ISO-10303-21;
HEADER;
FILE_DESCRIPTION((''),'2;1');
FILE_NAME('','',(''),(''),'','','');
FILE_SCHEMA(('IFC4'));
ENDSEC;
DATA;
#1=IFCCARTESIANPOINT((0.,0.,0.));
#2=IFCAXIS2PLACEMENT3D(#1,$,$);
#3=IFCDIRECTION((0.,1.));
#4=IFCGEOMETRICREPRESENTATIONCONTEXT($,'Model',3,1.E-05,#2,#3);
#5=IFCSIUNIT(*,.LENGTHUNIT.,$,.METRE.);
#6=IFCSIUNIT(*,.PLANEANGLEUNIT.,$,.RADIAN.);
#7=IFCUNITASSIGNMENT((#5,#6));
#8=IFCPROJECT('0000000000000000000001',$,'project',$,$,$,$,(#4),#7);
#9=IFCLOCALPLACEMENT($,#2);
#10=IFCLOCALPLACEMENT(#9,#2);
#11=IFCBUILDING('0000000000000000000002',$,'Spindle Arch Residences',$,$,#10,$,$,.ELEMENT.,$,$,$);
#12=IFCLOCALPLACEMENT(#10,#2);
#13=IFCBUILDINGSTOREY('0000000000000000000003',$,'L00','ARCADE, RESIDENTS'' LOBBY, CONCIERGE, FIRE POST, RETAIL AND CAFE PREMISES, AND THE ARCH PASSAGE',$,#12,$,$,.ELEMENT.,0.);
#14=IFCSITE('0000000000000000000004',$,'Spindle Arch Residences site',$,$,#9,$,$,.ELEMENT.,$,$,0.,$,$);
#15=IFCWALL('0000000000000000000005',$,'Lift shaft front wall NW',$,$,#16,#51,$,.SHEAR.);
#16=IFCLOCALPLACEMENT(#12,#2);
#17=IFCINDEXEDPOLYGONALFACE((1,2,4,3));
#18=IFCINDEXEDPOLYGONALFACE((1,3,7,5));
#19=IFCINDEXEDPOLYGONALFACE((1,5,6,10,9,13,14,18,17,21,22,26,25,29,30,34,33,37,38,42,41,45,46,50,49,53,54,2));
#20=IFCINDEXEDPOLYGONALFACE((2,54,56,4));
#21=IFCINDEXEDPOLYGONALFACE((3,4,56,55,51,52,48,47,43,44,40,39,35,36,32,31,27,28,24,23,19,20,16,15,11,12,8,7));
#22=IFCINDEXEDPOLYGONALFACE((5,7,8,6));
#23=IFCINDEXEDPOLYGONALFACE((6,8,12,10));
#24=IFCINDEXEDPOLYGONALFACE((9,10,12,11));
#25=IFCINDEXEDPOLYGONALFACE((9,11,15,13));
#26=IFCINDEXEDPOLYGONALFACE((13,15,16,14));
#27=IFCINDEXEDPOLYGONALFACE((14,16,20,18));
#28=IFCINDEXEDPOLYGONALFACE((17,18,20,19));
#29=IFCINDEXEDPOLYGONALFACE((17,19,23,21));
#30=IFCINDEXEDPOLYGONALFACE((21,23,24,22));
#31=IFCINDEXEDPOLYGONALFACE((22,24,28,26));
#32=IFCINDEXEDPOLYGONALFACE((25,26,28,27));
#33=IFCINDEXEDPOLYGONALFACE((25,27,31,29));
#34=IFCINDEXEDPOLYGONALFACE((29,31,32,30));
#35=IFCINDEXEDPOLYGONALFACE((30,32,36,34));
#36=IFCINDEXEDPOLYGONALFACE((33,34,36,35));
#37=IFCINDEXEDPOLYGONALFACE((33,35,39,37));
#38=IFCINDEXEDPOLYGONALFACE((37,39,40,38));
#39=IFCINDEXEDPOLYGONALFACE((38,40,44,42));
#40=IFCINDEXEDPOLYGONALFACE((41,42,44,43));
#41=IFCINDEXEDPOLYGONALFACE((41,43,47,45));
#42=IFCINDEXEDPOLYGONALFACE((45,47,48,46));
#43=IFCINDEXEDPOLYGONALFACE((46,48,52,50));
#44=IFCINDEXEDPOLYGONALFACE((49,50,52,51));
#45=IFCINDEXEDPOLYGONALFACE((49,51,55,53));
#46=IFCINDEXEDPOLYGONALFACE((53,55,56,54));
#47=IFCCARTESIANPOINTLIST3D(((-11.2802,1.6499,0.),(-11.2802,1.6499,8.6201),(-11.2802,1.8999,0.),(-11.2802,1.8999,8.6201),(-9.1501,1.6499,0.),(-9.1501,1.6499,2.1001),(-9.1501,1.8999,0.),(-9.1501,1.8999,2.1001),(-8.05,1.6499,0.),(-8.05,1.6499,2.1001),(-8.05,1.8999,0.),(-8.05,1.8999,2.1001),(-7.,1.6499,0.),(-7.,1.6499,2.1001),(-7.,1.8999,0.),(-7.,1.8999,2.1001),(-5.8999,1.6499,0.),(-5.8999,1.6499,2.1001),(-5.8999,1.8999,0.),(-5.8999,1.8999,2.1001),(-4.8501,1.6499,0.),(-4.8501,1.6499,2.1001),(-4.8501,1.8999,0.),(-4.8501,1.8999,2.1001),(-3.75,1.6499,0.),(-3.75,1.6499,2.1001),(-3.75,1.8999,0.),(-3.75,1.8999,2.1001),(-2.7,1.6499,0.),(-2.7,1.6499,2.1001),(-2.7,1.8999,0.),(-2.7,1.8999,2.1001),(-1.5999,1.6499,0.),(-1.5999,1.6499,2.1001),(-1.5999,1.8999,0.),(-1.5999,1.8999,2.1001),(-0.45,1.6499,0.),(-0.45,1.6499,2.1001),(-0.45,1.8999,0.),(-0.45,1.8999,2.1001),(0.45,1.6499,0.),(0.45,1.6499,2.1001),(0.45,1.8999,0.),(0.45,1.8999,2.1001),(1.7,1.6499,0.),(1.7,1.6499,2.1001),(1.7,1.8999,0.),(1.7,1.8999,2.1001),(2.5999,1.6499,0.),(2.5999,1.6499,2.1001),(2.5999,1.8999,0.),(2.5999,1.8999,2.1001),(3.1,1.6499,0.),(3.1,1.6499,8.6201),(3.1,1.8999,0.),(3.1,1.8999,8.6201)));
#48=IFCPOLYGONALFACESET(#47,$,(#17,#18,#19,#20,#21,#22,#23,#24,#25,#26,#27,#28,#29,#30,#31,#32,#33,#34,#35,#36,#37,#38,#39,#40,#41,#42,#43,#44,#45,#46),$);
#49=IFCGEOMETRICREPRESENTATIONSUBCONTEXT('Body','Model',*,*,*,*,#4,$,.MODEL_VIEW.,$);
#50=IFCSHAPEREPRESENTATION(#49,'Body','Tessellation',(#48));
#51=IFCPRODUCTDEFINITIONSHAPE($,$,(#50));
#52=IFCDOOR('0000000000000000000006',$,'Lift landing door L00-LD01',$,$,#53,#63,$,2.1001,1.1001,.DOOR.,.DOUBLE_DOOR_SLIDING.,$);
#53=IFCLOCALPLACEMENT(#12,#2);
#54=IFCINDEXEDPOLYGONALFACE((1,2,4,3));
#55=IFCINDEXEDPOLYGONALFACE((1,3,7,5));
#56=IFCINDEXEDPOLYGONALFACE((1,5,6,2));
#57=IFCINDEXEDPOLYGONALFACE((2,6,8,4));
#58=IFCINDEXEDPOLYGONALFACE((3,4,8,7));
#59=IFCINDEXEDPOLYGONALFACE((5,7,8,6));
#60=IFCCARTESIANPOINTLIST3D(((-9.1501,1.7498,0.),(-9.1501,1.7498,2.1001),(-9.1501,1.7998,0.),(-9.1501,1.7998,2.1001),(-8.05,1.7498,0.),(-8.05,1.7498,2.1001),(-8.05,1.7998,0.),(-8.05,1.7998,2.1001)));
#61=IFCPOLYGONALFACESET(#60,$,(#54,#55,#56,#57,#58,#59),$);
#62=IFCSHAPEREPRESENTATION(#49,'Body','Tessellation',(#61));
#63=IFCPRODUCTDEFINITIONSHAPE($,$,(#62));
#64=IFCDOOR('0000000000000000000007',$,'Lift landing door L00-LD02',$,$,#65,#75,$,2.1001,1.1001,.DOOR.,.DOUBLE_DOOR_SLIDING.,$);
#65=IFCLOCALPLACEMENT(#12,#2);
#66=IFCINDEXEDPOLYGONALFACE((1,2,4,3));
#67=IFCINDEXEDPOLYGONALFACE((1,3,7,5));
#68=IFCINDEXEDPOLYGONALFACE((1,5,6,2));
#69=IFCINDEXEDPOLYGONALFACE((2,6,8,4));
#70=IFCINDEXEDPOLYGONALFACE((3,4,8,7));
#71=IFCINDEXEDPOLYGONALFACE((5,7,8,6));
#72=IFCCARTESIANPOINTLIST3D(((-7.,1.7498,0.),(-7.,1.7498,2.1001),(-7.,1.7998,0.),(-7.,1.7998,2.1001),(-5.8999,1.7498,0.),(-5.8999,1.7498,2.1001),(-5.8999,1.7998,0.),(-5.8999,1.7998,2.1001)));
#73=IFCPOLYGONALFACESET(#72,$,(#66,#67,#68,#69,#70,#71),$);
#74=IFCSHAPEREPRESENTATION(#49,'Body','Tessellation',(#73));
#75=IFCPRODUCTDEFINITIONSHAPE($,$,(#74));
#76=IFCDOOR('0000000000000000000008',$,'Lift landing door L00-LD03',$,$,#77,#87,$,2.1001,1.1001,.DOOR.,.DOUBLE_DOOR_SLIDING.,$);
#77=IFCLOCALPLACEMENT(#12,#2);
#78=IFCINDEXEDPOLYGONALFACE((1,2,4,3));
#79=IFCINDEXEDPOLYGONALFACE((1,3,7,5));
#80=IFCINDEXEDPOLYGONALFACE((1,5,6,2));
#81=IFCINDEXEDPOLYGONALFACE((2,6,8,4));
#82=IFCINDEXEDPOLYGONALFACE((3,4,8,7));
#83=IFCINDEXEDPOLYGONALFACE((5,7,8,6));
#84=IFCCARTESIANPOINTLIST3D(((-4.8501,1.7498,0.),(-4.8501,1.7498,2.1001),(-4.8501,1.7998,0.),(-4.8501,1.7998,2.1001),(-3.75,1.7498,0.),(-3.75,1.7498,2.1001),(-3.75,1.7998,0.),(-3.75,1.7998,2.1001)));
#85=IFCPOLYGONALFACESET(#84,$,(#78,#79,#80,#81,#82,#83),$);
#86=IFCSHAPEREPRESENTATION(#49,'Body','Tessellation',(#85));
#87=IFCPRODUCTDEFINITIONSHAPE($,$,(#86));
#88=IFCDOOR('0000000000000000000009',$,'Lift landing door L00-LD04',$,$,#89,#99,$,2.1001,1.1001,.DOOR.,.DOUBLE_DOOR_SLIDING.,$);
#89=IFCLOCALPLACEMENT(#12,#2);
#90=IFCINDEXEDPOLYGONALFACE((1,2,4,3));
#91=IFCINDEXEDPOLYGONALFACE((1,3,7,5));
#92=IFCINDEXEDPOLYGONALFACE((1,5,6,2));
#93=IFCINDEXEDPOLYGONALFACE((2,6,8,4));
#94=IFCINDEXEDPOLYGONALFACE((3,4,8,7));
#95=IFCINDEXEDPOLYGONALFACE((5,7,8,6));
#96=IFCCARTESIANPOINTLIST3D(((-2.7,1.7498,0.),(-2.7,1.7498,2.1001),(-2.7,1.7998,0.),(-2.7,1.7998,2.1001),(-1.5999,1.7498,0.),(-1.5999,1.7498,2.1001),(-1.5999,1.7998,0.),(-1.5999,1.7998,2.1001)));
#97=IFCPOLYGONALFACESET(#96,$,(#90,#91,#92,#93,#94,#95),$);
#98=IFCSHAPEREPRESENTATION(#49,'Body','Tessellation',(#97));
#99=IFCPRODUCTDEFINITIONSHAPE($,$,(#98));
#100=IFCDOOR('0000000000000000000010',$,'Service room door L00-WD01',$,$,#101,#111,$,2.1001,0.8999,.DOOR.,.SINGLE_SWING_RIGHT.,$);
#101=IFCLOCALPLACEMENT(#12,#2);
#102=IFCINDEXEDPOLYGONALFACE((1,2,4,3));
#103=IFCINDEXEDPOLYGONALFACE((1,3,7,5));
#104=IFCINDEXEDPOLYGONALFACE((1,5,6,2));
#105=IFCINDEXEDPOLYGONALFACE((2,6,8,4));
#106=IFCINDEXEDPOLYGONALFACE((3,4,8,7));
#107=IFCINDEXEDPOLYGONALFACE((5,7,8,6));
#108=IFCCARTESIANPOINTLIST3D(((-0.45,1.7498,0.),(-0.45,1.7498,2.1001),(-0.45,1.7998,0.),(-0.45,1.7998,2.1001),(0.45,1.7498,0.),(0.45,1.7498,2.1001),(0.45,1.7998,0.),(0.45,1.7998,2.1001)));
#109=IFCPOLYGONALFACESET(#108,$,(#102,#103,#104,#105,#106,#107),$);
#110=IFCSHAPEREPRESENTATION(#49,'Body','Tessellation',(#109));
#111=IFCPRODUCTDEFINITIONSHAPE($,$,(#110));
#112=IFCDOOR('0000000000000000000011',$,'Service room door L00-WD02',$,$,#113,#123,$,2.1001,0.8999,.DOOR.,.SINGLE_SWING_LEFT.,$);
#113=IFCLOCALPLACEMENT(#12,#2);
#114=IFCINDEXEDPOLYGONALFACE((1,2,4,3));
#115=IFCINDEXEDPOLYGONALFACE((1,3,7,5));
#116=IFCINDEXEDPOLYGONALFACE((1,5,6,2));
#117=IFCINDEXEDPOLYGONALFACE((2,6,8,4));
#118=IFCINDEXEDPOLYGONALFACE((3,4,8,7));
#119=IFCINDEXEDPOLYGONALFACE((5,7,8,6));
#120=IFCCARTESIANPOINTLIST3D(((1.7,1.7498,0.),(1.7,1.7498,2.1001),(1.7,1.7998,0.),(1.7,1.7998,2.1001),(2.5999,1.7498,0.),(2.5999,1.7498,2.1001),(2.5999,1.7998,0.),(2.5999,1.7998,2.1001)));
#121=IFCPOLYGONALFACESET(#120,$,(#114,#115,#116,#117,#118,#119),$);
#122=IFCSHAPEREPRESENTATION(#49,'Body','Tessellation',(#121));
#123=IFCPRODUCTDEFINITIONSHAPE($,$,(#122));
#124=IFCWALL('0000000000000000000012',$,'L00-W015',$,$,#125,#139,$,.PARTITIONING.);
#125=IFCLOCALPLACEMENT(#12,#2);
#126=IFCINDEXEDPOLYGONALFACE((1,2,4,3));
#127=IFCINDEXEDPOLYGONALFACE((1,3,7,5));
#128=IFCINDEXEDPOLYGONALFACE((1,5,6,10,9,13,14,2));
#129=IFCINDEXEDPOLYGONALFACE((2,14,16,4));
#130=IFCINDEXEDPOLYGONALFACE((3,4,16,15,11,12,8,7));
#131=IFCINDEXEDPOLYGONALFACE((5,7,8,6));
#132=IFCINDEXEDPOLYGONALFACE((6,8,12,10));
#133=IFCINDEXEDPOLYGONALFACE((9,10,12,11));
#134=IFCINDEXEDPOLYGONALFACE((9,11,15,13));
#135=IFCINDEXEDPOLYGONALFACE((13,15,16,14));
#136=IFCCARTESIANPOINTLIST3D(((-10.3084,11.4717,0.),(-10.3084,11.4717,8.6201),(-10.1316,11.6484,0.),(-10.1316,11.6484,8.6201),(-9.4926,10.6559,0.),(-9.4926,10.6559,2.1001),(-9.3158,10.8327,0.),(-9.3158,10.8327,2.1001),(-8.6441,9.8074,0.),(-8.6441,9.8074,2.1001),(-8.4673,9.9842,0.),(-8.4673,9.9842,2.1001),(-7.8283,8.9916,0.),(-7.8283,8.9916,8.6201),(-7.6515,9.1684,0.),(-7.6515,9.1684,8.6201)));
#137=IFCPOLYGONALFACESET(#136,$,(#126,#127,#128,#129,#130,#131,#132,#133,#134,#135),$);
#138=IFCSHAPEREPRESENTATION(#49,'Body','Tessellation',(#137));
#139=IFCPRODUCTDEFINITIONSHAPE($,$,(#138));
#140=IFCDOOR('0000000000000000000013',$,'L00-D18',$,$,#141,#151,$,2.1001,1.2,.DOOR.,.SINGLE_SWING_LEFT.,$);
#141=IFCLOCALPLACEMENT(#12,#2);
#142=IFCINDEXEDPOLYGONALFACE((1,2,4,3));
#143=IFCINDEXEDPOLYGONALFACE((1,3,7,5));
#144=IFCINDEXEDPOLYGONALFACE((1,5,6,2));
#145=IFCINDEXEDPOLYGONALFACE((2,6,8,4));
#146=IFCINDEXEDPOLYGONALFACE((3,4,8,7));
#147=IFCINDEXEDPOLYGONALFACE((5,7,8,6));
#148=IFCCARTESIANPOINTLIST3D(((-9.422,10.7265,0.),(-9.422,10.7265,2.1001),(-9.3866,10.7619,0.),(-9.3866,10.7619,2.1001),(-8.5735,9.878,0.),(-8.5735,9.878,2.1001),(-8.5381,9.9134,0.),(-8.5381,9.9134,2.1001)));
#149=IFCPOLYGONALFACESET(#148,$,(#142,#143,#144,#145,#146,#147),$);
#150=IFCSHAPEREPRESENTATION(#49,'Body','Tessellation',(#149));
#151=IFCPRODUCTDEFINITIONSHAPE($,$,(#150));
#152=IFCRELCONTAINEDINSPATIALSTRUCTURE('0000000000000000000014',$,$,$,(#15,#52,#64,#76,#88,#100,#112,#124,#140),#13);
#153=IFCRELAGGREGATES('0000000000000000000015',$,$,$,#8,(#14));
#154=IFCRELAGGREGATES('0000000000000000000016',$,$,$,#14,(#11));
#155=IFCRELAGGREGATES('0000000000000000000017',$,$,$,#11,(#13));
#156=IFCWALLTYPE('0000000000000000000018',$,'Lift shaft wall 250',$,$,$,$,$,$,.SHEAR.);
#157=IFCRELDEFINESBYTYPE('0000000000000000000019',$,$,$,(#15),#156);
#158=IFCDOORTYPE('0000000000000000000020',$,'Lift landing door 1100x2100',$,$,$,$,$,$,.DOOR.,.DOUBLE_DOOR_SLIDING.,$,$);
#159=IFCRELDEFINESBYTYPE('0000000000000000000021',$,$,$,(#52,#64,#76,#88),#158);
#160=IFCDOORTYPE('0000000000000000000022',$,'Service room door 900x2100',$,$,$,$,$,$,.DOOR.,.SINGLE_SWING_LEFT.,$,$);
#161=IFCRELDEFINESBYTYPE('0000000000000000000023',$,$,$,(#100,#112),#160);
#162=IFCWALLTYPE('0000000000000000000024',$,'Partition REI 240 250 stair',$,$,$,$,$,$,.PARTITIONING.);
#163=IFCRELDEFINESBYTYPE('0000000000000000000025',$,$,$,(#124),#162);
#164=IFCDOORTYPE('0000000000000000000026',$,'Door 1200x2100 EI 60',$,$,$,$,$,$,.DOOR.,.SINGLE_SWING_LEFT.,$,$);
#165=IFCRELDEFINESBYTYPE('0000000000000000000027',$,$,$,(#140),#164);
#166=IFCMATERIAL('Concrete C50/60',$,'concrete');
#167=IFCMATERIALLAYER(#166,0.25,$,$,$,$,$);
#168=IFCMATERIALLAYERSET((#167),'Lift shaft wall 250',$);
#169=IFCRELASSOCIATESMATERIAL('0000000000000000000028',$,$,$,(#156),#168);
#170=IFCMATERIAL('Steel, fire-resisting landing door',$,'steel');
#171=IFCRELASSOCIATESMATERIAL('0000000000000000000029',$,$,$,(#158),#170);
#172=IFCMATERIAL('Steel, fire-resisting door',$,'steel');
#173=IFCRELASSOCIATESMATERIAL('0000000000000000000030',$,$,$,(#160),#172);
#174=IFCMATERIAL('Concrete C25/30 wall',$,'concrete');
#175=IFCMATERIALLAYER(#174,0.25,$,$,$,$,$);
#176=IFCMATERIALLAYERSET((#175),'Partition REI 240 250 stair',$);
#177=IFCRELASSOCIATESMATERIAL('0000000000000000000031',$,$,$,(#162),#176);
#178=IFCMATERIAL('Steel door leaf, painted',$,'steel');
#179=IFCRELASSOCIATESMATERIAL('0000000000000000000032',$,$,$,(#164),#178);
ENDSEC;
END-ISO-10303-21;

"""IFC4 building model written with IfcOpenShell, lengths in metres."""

from ifc_helpers import new_model, si_unit, direction, frame, frame_2d, origin, place, context, subcontext, project, spatial, rectangle, extrude, material, layer, layer_set, type_object, element, fill, save


model = new_model("IFC4")

# Units and contexts
model_context = context("Model", 3, precision=1e-05, world=origin(), true_north=direction((0.0, 1.0)))
body_context = subcontext(model_context, "Body", "Model", "MODEL_VIEW")
ifc_project = project(units=[si_unit("LENGTHUNIT", "METRE"), si_unit("PLANEANGLEUNIT", "RADIAN")], contexts=[model_context])

# Site, building, storey
site_placement = place(None, origin())
site = spatial("IfcSite", under=ifc_project, at=site_placement, Name="Spindle Arch Residences site", CompositionType="ELEMENT", RefElevation=0.0)
building_placement = place(site_placement, origin())
building = spatial("IfcBuilding", under=site, at=building_placement, Name="Spindle Arch Residences", CompositionType="ELEMENT")
storey_placement = place(building_placement, origin())
storey = spatial("IfcBuildingStorey", under=building, at=storey_placement, Name="L00", Description="ARCADE, RESIDENTS' LOBBY, CONCIERGE, FIRE POST, RETAIL AND CAFE PREMISES, AND THE ARCH PASSAGE", CompositionType="ELEMENT", Elevation=0.0)

# Wall, openings, doors
ifc_material_1 = material(Name="Concrete C50/60", Category="concrete")
ifc_layer_1 = layer(ifc_material_1, 0.25)
ifc_layer_set_1 = layer_set([ifc_layer_1], Name="Lift shaft wall 250")
wall_type_1 = type_object("IfcWallType", Name="Lift shaft wall 250", PredefinedType="SHEAR", material=ifc_layer_set_1)
wall_1_placement = place(storey_placement, frame((-11.28, 1.7749, 0.0), z_axis=(0.0, 0.0, 1.0), x_axis=(1.0, 0.0, 0.0)))
wall_1 = element("IfcWall", 1, at=wall_1_placement, inside=storey, type_object=wall_type_1, Name="Lift shaft front wall NW", PredefinedType="SHEAR", context=body_context, shape_type="SweptSolid", body=[
    extrude(rectangle(XDim=14.3801, YDim=0.25, at=frame_2d((7.1899, 0.0))), origin(), (0.0, 0.0, 1.0), 8.6201),
])
opening_1_placement = place(wall_1_placement, frame((2.1299, 0.0, 0.0)))
opening_1 = element("IfcOpeningElement", 2, at=opening_1_placement, cuts=wall_1, PredefinedType="OPENING", context=body_context, shape_type="SweptSolid", body=[
    extrude(rectangle(XDim=1.1001, YDim=2.1001, at=frame_2d((0.55, 1.05))), frame((0.0, 0.135, 0.0), z_axis=(0.0, -1.0, 0.0), x_axis=(1.0, 0.0, 0.0)), (0.0, 0.0, 1.0), 0.27),
])
opening_2_placement = place(wall_1_placement, frame((4.28, 0.0, 0.0)))
opening_2 = element("IfcOpeningElement", 3, at=opening_2_placement, cuts=wall_1, PredefinedType="OPENING", context=body_context, shape_type="SweptSolid", body=[
    extrude(rectangle(XDim=1.1001, YDim=2.1001, at=frame_2d((0.55, 1.05))), frame((0.0, 0.135, 0.0), z_axis=(0.0, -1.0, 0.0), x_axis=(1.0, 0.0, 0.0)), (0.0, 0.0, 1.0), 0.27),
])
opening_3_placement = place(wall_1_placement, frame((6.4299, 0.0, 0.0)))
opening_3 = element("IfcOpeningElement", 4, at=opening_3_placement, cuts=wall_1, PredefinedType="OPENING", context=body_context, shape_type="SweptSolid", body=[
    extrude(rectangle(XDim=1.1001, YDim=2.1001, at=frame_2d((0.55, 1.05))), frame((0.0, 0.135, 0.0), z_axis=(0.0, -1.0, 0.0), x_axis=(1.0, 0.0, 0.0)), (0.0, 0.0, 1.0), 0.27),
])
opening_4_placement = place(wall_1_placement, frame((8.5801, 0.0, 0.0)))
opening_4 = element("IfcOpeningElement", 5, at=opening_4_placement, cuts=wall_1, PredefinedType="OPENING", context=body_context, shape_type="SweptSolid", body=[
    extrude(rectangle(XDim=1.1001, YDim=2.1001, at=frame_2d((0.55, 1.05))), frame((0.0, 0.135, 0.0), z_axis=(0.0, -1.0, 0.0), x_axis=(1.0, 0.0, 0.0)), (0.0, 0.0, 1.0), 0.27),
])
opening_5_placement = place(wall_1_placement, frame((10.8301, 0.0, 0.0)))
opening_5 = element("IfcOpeningElement", 6, at=opening_5_placement, cuts=wall_1, PredefinedType="OPENING", context=body_context, shape_type="SweptSolid", body=[
    extrude(rectangle(XDim=0.8999, YDim=2.1001, at=frame_2d((0.45, 1.05))), frame((0.0, 0.135, 0.0), z_axis=(0.0, -1.0, 0.0), x_axis=(1.0, 0.0, 0.0)), (0.0, 0.0, 1.0), 0.27),
])
opening_6_placement = place(wall_1_placement, frame((12.98, 0.0, 0.0)))
opening_6 = element("IfcOpeningElement", 7, at=opening_6_placement, cuts=wall_1, PredefinedType="OPENING", context=body_context, shape_type="SweptSolid", body=[
    extrude(rectangle(XDim=0.8999, YDim=2.1001, at=frame_2d((0.45, 1.05))), frame((0.0, 0.135, 0.0), z_axis=(0.0, -1.0, 0.0), x_axis=(1.0, 0.0, 0.0)), (0.0, 0.0, 1.0), 0.27),
])
ifc_material_2 = material(Name="Steel, fire-resisting landing door", Category="steel")
door_type_1 = type_object("IfcDoorType", Name="Lift landing door 1100x2100", OperationType="DOUBLE_DOOR_SLIDING", PredefinedType="DOOR", material=ifc_material_2)
door_1_placement = place(opening_1_placement, origin())
door_1 = element("IfcDoor", 8, at=door_1_placement, inside=storey, type_object=door_type_1, Name="Lift landing door L00-LD01", OperationType="DOUBLE_DOOR_SLIDING", OverallHeight=2.1001, OverallWidth=1.1001, PredefinedType="DOOR", context=body_context, shape_type="SweptSolid", body=[
    extrude(rectangle(XDim=1.1001, YDim=2.1001, at=frame_2d((0.55, 1.05))), frame((0.0, 0.0249, 0.0), z_axis=(0.0, -1.0, 0.0), x_axis=(1.0, 0.0, 0.0)), (0.0, 0.0, 1.0), 0.05),
])
fill(opening_1, door_1)
door_2_placement = place(opening_2_placement, origin())
door_2 = element("IfcDoor", 9, at=door_2_placement, inside=storey, type_object=door_type_1, Name="Lift landing door L00-LD02", OperationType="DOUBLE_DOOR_SLIDING", OverallHeight=2.1001, OverallWidth=1.1001, PredefinedType="DOOR", context=body_context, shape_type="SweptSolid", body=[
    extrude(rectangle(XDim=1.1001, YDim=2.1001, at=frame_2d((0.55, 1.05))), frame((0.0, 0.0249, 0.0), z_axis=(0.0, -1.0, 0.0), x_axis=(1.0, 0.0, 0.0)), (0.0, 0.0, 1.0), 0.05),
])
fill(opening_2, door_2)
door_3_placement = place(opening_3_placement, origin())
door_3 = element("IfcDoor", 10, at=door_3_placement, inside=storey, type_object=door_type_1, Name="Lift landing door L00-LD03", OperationType="DOUBLE_DOOR_SLIDING", OverallHeight=2.1001, OverallWidth=1.1001, PredefinedType="DOOR", context=body_context, shape_type="SweptSolid", body=[
    extrude(rectangle(XDim=1.1001, YDim=2.1001, at=frame_2d((0.55, 1.05))), frame((0.0, 0.0249, 0.0), z_axis=(0.0, -1.0, 0.0), x_axis=(1.0, 0.0, 0.0)), (0.0, 0.0, 1.0), 0.05),
])
fill(opening_3, door_3)
door_4_placement = place(opening_4_placement, origin())
door_4 = element("IfcDoor", 11, at=door_4_placement, inside=storey, type_object=door_type_1, Name="Lift landing door L00-LD04", OperationType="DOUBLE_DOOR_SLIDING", OverallHeight=2.1001, OverallWidth=1.1001, PredefinedType="DOOR", context=body_context, shape_type="SweptSolid", body=[
    extrude(rectangle(XDim=1.1001, YDim=2.1001, at=frame_2d((0.55, 1.05))), frame((0.0, 0.0249, 0.0), z_axis=(0.0, -1.0, 0.0), x_axis=(1.0, 0.0, 0.0)), (0.0, 0.0, 1.0), 0.05),
])
fill(opening_4, door_4)
ifc_material_3 = material(Name="Steel, fire-resisting door", Category="steel")
door_type_2 = type_object("IfcDoorType", Name="Service room door 900x2100", OperationType="SINGLE_SWING_LEFT", PredefinedType="DOOR", material=ifc_material_3)
door_5_placement = place(opening_5_placement, origin())
door_5 = element("IfcDoor", 12, at=door_5_placement, inside=storey, type_object=door_type_2, Name="Service room door L00-WD01", OperationType="SINGLE_SWING_RIGHT", OverallHeight=2.1001, OverallWidth=0.8999, PredefinedType="DOOR", context=body_context, shape_type="SweptSolid", body=[
    extrude(rectangle(XDim=0.8999, YDim=2.1001, at=frame_2d((0.45, 1.05))), frame((0.0, 0.0249, 0.0), z_axis=(0.0, -1.0, 0.0), x_axis=(1.0, 0.0, 0.0)), (0.0, 0.0, 1.0), 0.05),
])
fill(opening_5, door_5)
door_6_placement = place(opening_6_placement, origin())
door_6 = element("IfcDoor", 13, at=door_6_placement, inside=storey, type_object=door_type_2, Name="Service room door L00-WD02", OperationType="SINGLE_SWING_LEFT", OverallHeight=2.1001, OverallWidth=0.8999, PredefinedType="DOOR", context=body_context, shape_type="SweptSolid", body=[
    extrude(rectangle(XDim=0.8999, YDim=2.1001, at=frame_2d((0.45, 1.05))), frame((0.0, 0.0249, 0.0), z_axis=(0.0, -1.0, 0.0), x_axis=(1.0, 0.0, 0.0)), (0.0, 0.0, 1.0), 0.05),
])
fill(opening_6, door_6)

# Wall, opening, door
ifc_material_4 = material(Name="Concrete C25/30 wall", Category="concrete")
ifc_layer_2 = layer(ifc_material_4, 0.25)
ifc_layer_set_2 = layer_set([ifc_layer_2], Name="Partition REI 240 250 stair")
wall_type_2 = type_object("IfcWallType", Name="Partition REI 240 250 stair", PredefinedType="PARTITIONING", material=ifc_layer_set_2)
wall_2_placement = place(storey_placement, frame((-10.22, 11.5601, 0.0), z_axis=(0.0, 0.0, 1.0), x_axis=(0.707107, -0.707107, 0.0)))
wall_2 = element("IfcWall", 14, at=wall_2_placement, inside=storey, type_object=wall_type_2, Name="L00-W015", PredefinedType="PARTITIONING", context=body_context, shape_type="SweptSolid", body=[
    extrude(rectangle(XDim=3.5073, YDim=0.25, at=frame_2d((1.7537, 0.0))), origin(), (0.0, 0.0, 1.0), 8.6201),
])
opening_7_placement = place(wall_2_placement, frame((1.1536, 0.0, 0.0)))
opening_7 = element("IfcOpeningElement", 15, at=opening_7_placement, cuts=wall_2, PredefinedType="OPENING", context=body_context, shape_type="SweptSolid", body=[
    extrude(rectangle(XDim=1.2, YDim=2.1001, at=frame_2d((0.6001, 1.05))), frame((0.0, 0.135, 0.0), z_axis=(0.0, -1.0, 0.0), x_axis=(1.0, 0.0, 0.0)), (0.0, 0.0, 1.0), 0.27),
])
ifc_material_5 = material(Name="Steel door leaf, painted", Category="steel")
door_type_3 = type_object("IfcDoorType", Name="Door 1200x2100 EI 60", OperationType="SINGLE_SWING_LEFT", PredefinedType="DOOR", material=ifc_material_5)
door_7_placement = place(opening_7_placement, origin())
door_7 = element("IfcDoor", 16, at=door_7_placement, inside=storey, type_object=door_type_3, Name="L00-D18", OperationType="SINGLE_SWING_LEFT", OverallHeight=2.1001, OverallWidth=1.2, PredefinedType="DOOR", context=body_context, shape_type="SweptSolid", body=[
    extrude(rectangle(XDim=1.2, YDim=2.1001, at=frame_2d((0.6001, 1.05))), frame((0.0, 0.0249, 0.0), z_axis=(0.0, -1.0, 0.0), x_axis=(1.0, 0.0, 0.0)), (0.0, 0.0, 1.0), 0.05),
])
fill(opening_7, door_7)

save(model, "model.ifc")
